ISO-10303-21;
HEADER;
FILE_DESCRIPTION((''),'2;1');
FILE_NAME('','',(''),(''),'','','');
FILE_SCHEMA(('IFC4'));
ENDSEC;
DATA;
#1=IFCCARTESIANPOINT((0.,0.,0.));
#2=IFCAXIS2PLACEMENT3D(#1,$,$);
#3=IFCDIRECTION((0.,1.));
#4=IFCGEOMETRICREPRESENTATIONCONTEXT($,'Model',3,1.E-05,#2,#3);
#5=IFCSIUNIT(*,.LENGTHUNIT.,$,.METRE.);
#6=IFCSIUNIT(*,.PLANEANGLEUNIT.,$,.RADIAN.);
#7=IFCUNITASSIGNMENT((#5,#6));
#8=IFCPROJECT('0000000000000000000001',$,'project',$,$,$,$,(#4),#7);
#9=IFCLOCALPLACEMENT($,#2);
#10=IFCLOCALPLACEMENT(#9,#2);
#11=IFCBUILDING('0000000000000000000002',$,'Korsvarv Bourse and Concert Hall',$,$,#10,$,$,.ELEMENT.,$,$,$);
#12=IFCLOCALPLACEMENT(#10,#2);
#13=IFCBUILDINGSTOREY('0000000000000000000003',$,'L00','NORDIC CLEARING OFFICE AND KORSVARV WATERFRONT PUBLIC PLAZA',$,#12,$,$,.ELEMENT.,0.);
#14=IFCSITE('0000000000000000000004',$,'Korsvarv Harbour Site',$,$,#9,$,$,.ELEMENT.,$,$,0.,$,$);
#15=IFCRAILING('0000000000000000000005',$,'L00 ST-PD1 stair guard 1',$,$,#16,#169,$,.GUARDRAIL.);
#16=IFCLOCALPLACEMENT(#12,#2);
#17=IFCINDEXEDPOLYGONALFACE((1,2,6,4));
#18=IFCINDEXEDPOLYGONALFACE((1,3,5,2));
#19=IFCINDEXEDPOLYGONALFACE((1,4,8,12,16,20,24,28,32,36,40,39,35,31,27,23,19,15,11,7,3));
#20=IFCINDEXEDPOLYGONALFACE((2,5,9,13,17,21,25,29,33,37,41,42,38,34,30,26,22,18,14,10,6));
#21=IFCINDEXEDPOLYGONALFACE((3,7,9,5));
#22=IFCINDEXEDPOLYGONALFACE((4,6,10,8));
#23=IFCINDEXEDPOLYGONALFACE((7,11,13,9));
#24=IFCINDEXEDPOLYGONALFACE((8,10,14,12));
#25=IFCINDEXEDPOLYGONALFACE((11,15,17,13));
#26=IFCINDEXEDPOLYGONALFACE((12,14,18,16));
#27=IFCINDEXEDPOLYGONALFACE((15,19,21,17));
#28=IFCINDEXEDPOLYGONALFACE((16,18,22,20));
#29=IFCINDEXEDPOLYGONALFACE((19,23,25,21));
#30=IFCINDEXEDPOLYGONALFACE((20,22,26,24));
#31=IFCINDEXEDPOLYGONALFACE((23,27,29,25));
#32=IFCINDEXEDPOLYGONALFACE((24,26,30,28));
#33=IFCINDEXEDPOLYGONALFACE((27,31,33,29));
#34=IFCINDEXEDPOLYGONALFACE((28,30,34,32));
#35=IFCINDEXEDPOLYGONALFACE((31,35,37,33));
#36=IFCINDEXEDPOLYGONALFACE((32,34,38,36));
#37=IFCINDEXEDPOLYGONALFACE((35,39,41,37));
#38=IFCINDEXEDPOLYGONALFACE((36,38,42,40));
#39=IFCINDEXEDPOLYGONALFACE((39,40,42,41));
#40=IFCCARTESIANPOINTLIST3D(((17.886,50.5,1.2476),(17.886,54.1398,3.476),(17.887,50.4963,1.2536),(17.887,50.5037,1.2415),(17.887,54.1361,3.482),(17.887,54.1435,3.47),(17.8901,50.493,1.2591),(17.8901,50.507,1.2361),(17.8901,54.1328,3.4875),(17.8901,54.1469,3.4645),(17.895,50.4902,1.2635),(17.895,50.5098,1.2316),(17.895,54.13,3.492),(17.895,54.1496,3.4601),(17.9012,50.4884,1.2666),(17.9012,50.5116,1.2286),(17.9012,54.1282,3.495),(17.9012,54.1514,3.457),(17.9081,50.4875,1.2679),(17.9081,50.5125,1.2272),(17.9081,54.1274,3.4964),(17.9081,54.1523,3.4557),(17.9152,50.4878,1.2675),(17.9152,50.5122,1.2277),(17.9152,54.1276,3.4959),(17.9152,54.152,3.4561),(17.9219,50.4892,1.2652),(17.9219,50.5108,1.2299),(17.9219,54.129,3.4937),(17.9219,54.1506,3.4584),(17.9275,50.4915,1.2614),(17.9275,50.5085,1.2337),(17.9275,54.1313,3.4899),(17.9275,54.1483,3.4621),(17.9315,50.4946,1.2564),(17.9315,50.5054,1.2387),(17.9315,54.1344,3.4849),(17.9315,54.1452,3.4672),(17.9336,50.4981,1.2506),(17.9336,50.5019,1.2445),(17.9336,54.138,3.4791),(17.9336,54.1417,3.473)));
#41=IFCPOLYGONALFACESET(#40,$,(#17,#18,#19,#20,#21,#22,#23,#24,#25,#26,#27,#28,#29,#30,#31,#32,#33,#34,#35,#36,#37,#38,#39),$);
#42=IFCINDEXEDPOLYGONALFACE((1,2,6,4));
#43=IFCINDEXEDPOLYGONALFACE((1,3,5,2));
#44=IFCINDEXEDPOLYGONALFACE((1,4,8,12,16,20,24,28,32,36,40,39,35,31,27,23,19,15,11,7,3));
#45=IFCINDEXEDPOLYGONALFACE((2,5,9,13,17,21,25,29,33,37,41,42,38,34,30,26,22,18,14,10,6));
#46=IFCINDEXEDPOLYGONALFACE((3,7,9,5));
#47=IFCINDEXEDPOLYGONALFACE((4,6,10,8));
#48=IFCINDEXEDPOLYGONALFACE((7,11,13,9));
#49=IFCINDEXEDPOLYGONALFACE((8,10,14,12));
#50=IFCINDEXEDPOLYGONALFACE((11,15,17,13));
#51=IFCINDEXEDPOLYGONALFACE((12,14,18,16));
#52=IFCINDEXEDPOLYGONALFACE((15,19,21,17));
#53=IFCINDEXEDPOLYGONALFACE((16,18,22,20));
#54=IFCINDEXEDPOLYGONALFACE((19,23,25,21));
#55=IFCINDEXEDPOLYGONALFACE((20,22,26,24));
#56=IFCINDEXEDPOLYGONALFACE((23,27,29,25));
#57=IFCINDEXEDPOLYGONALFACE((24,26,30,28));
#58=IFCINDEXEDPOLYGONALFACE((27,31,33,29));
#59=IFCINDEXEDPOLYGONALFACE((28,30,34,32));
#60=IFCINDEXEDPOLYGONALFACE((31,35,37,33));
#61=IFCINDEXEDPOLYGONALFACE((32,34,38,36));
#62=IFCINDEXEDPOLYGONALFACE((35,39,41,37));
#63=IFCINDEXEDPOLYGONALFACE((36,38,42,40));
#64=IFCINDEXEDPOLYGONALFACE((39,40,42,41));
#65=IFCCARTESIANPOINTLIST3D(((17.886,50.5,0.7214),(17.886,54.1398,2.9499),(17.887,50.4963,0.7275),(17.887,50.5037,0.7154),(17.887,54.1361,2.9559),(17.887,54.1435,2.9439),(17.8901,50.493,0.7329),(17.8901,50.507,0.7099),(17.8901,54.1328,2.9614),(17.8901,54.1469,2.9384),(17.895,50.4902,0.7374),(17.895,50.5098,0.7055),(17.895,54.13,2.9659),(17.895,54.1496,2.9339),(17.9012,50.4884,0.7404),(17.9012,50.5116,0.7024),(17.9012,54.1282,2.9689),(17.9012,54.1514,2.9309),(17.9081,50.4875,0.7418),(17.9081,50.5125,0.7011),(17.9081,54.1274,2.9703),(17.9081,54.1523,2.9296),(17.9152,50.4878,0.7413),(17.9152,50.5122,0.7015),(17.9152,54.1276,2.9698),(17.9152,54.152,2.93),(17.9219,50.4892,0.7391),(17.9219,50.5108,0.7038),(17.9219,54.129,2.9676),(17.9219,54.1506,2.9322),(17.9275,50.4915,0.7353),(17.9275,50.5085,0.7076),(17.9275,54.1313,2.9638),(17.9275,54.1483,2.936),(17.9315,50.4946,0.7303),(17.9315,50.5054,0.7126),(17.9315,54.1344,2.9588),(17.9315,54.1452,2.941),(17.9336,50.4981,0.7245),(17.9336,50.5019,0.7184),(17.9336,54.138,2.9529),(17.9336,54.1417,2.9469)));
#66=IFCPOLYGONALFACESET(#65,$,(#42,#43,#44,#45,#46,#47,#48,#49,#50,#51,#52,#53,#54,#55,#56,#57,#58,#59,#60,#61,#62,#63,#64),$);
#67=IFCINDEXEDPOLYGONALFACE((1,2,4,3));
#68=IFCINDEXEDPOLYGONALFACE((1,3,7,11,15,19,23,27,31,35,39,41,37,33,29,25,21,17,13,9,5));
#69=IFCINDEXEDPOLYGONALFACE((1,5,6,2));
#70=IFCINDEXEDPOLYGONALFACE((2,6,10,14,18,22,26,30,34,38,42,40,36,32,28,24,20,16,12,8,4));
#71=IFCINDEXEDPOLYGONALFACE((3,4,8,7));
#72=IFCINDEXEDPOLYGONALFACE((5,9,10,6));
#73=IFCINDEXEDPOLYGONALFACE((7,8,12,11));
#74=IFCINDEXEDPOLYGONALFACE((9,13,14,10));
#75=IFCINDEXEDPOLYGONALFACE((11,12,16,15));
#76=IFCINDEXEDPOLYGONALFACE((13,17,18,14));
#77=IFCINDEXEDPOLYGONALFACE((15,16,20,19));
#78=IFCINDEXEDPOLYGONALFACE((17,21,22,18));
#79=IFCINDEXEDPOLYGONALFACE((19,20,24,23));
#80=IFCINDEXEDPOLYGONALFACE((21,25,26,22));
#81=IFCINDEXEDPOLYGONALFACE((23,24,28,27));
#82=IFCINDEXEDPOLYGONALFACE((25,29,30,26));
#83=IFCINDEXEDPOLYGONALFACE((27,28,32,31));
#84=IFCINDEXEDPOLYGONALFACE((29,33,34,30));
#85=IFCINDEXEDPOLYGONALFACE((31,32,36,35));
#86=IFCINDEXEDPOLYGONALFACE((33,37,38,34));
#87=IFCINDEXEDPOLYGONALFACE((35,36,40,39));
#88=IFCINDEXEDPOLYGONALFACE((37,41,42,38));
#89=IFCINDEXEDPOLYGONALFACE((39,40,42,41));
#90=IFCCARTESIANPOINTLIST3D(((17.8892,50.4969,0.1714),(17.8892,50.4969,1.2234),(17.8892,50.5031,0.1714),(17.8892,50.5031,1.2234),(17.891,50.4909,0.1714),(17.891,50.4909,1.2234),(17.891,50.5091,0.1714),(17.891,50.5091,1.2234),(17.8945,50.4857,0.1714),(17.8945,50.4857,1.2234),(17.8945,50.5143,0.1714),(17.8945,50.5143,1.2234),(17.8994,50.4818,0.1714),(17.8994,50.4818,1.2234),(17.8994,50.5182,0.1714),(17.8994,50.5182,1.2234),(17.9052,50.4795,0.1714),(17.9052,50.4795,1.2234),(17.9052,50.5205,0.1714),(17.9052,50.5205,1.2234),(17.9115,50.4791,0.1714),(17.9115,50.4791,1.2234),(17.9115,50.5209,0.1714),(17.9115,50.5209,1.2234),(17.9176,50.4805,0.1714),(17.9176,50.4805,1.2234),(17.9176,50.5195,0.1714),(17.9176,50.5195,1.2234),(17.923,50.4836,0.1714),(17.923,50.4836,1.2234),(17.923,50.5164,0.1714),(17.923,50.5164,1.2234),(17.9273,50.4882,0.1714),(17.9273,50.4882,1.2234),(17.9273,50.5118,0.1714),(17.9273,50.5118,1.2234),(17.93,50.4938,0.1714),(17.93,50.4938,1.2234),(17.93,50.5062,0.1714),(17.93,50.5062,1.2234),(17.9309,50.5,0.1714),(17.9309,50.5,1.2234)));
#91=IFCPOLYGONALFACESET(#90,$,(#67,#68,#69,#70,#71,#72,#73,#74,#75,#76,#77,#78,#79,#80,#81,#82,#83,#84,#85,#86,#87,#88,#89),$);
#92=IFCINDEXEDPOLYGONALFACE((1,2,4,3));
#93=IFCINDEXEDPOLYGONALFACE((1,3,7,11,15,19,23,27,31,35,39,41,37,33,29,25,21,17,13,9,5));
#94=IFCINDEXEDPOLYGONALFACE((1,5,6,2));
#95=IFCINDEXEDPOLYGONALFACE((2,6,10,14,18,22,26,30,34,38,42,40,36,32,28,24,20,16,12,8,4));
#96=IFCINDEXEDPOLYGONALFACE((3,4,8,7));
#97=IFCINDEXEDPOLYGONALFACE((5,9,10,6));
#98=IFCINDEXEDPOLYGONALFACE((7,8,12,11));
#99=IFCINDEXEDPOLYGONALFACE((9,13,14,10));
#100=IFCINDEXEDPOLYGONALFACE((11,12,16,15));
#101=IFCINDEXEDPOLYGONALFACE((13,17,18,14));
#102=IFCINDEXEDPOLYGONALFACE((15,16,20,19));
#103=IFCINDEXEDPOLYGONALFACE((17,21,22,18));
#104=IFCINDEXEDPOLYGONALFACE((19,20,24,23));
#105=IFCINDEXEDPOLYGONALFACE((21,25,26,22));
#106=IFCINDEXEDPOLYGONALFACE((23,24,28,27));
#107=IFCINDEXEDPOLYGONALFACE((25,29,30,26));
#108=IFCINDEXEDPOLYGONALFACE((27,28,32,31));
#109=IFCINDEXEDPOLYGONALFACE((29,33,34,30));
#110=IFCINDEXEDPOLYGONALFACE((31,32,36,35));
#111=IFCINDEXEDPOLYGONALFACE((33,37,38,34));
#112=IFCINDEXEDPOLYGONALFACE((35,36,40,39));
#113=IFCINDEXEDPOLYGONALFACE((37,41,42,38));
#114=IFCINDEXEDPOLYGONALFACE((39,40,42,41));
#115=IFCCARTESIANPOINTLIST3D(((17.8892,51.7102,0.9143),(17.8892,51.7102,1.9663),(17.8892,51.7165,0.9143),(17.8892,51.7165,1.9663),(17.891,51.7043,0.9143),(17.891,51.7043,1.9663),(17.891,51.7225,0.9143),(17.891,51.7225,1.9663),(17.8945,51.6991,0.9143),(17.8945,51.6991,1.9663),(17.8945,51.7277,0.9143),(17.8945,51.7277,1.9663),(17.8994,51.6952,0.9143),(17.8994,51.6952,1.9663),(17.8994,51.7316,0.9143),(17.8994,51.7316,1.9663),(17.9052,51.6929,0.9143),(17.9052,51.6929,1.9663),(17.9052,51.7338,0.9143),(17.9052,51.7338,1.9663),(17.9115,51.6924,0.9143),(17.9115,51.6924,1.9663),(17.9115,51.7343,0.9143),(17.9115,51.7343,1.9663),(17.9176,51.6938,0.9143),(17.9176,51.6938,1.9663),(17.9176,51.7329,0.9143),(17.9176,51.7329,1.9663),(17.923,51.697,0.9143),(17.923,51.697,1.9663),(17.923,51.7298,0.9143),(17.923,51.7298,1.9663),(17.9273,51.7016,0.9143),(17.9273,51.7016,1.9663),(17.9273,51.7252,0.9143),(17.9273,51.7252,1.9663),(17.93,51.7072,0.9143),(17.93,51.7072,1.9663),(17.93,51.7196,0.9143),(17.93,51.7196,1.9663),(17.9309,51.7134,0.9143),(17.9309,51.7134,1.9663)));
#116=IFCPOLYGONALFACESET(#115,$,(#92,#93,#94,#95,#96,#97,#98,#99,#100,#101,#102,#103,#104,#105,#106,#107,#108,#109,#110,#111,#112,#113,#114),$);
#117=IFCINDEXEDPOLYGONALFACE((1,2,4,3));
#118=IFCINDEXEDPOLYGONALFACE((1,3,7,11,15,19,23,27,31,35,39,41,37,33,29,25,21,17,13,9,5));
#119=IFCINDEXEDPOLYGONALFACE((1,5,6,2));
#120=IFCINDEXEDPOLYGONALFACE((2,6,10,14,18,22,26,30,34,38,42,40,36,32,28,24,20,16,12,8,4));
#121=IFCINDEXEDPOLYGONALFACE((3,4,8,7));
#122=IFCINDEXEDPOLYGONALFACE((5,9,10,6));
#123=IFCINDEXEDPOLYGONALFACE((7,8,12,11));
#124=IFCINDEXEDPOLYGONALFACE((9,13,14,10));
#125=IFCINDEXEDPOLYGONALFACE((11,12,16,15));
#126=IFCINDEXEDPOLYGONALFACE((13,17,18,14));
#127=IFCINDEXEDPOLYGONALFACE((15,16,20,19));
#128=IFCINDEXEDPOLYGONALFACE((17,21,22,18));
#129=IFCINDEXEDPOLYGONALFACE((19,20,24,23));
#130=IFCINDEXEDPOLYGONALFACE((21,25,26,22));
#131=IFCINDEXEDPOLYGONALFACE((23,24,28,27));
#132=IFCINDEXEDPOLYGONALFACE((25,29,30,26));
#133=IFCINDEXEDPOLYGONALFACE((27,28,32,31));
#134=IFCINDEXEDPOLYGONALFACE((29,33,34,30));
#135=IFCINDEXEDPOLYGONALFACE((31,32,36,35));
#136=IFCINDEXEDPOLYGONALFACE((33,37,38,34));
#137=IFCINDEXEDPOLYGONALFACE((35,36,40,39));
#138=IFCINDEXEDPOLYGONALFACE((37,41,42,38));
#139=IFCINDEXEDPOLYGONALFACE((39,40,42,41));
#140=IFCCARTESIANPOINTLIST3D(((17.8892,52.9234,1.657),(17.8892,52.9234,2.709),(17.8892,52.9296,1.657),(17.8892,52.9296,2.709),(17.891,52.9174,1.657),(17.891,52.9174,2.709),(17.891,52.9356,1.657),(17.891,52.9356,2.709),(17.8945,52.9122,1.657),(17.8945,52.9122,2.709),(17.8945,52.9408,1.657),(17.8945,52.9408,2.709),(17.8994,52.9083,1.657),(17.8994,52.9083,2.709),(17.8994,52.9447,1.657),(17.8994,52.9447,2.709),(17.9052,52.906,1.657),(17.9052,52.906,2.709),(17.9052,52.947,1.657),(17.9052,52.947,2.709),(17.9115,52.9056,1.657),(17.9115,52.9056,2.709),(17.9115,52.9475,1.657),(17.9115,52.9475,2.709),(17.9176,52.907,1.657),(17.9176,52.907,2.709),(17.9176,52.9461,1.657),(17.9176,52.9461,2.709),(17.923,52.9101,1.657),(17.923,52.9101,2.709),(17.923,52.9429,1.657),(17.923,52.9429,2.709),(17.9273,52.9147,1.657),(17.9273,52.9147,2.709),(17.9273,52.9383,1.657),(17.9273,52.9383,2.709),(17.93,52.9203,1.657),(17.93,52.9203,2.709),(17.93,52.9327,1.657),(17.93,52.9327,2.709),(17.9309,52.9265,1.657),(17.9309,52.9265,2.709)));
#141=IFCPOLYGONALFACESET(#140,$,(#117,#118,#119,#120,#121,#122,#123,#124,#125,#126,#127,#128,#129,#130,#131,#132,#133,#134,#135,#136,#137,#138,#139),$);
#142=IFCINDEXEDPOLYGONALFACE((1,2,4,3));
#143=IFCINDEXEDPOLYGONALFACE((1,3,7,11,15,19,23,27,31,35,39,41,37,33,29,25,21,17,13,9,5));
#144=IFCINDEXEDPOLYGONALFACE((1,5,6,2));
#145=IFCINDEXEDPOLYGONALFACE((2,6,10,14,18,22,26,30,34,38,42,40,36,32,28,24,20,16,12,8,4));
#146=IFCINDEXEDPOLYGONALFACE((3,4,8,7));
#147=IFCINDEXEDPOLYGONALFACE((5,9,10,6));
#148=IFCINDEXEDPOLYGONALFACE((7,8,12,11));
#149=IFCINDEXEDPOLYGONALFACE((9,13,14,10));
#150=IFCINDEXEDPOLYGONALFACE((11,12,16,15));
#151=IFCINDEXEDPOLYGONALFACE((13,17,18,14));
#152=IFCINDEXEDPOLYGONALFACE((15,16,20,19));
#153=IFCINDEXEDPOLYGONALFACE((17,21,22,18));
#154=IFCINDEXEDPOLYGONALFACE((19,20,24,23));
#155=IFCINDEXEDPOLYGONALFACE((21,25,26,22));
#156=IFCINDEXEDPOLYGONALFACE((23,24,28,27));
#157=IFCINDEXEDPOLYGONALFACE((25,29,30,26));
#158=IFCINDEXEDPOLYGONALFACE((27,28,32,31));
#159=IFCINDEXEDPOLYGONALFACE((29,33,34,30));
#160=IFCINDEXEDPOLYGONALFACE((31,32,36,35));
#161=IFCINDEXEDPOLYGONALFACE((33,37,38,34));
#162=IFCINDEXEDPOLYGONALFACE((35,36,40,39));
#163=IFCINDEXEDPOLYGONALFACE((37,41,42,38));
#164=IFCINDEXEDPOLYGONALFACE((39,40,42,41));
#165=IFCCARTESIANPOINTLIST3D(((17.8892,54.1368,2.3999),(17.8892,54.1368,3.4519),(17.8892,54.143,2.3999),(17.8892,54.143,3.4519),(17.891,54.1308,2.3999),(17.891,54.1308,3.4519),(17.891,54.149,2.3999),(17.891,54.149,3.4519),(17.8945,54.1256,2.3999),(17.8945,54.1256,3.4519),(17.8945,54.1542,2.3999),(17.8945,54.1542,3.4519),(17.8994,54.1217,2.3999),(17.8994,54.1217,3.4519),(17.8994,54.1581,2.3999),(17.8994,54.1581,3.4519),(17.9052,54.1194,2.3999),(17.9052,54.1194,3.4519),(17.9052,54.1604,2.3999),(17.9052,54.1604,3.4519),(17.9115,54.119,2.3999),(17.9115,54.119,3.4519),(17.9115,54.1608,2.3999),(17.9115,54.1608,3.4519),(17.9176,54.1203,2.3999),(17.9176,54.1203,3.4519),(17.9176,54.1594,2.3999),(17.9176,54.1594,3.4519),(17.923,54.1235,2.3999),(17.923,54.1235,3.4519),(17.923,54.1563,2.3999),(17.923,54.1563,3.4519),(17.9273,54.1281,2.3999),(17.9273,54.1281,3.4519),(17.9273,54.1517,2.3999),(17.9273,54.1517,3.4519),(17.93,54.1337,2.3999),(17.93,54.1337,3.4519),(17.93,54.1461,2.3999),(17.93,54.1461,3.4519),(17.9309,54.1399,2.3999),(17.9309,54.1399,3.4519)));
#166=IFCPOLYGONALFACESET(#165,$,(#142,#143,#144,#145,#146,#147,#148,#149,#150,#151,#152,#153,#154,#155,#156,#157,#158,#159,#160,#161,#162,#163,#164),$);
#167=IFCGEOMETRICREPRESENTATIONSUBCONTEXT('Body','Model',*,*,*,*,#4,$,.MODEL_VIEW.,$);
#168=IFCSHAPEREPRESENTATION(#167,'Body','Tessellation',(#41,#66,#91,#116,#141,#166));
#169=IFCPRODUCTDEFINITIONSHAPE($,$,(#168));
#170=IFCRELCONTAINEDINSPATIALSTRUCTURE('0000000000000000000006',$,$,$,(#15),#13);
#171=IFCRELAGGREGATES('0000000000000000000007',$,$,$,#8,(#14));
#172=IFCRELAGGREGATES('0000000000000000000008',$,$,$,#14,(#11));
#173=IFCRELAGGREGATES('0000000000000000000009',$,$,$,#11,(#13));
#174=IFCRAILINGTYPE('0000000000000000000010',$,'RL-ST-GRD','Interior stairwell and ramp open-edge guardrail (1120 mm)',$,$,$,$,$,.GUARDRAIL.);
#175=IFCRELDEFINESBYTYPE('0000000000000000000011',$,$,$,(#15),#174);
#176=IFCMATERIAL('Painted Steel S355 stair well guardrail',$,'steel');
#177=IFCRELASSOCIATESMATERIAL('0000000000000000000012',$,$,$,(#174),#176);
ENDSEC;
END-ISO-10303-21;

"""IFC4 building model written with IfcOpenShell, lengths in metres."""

from ifc_helpers import new_model, si_unit, direction, frame, origin, origin_2d, place, context, subcontext, project, spatial, circle, extrude, material, type_object, element, save


model = new_model("IFC4")

# Units and contexts
model_context = context("Model", 3, precision=1e-05, world=origin(), true_north=direction((0.0, 1.0)))
body_context = subcontext(model_context, "Body", "Model", "MODEL_VIEW")
ifc_project = project(units=[si_unit("LENGTHUNIT", "METRE"), si_unit("PLANEANGLEUNIT", "RADIAN")], contexts=[model_context])

# Site, building, storey
site_placement = place(None, origin())
site = spatial("IfcSite", under=ifc_project, at=site_placement, Name="Korsvarv Harbour Site", CompositionType="ELEMENT", RefElevation=0.0)
building_placement = place(site_placement, origin())
building = spatial("IfcBuilding", under=site, at=building_placement, Name="Korsvarv Bourse and Concert Hall", CompositionType="ELEMENT")
storey_placement = place(building_placement, origin())
storey = spatial("IfcBuildingStorey", under=building, at=storey_placement, Name="L00", Description="NORDIC CLEARING OFFICE AND KORSVARV WATERFRONT PUBLIC PLAZA", CompositionType="ELEMENT", Elevation=0.0)

# Railing
ifc_material_1 = material(Name="Painted Steel S355 stair well guardrail", Category="steel")
railing_type_1 = type_object("IfcRailingType", Name="RL-ST-GRD", Description="Interior stairwell and ramp open-edge guardrail (1120 mm)", PredefinedType="GUARDRAIL", material=ifc_material_1)
railing_1_placement = place(storey_placement, frame((17.9099, 50.5, 0.1714)))
element("IfcRailing", 1, at=railing_1_placement, inside=storey, type_object=railing_type_1, Name="L00 ST-PD1 stair guard 1", PredefinedType="GUARDRAIL", context=body_context, shape_type="SweptSolid", body=[
    extrude(circle(Radius=0.0239, at=origin_2d()), frame((0.0, 0.0, 1.0762), z_axis=(0.0, 0.85285, 0.522156), x_axis=(-1.0, 0.0, 0.0)), (0.0, 0.0, 1.0), 4.2678),
    extrude(circle(Radius=0.0239, at=origin_2d()), frame((0.0, 0.0, 0.55), z_axis=(0.0, 0.85285, 0.522156), x_axis=(-1.0, 0.0, 0.0)), (0.0, 0.0, 1.0), 4.2678),
    extrude(circle(Radius=0.021, at=origin_2d()), origin(), (0.0, 0.0, 1.0), 1.052),
    extrude(circle(Radius=0.021, at=origin_2d()), frame((0.0, 1.2134, 0.7429)), (0.0, 0.0, 1.0), 1.052),
    extrude(circle(Radius=0.021, at=origin_2d()), frame((0.0, 2.4265, 1.4856)), (0.0, 0.0, 1.0), 1.052),
    extrude(circle(Radius=0.021, at=origin_2d()), frame((0.0, 3.6399, 2.2285)), (0.0, 0.0, 1.0), 1.052),
])

save(model, "model.ifc")
